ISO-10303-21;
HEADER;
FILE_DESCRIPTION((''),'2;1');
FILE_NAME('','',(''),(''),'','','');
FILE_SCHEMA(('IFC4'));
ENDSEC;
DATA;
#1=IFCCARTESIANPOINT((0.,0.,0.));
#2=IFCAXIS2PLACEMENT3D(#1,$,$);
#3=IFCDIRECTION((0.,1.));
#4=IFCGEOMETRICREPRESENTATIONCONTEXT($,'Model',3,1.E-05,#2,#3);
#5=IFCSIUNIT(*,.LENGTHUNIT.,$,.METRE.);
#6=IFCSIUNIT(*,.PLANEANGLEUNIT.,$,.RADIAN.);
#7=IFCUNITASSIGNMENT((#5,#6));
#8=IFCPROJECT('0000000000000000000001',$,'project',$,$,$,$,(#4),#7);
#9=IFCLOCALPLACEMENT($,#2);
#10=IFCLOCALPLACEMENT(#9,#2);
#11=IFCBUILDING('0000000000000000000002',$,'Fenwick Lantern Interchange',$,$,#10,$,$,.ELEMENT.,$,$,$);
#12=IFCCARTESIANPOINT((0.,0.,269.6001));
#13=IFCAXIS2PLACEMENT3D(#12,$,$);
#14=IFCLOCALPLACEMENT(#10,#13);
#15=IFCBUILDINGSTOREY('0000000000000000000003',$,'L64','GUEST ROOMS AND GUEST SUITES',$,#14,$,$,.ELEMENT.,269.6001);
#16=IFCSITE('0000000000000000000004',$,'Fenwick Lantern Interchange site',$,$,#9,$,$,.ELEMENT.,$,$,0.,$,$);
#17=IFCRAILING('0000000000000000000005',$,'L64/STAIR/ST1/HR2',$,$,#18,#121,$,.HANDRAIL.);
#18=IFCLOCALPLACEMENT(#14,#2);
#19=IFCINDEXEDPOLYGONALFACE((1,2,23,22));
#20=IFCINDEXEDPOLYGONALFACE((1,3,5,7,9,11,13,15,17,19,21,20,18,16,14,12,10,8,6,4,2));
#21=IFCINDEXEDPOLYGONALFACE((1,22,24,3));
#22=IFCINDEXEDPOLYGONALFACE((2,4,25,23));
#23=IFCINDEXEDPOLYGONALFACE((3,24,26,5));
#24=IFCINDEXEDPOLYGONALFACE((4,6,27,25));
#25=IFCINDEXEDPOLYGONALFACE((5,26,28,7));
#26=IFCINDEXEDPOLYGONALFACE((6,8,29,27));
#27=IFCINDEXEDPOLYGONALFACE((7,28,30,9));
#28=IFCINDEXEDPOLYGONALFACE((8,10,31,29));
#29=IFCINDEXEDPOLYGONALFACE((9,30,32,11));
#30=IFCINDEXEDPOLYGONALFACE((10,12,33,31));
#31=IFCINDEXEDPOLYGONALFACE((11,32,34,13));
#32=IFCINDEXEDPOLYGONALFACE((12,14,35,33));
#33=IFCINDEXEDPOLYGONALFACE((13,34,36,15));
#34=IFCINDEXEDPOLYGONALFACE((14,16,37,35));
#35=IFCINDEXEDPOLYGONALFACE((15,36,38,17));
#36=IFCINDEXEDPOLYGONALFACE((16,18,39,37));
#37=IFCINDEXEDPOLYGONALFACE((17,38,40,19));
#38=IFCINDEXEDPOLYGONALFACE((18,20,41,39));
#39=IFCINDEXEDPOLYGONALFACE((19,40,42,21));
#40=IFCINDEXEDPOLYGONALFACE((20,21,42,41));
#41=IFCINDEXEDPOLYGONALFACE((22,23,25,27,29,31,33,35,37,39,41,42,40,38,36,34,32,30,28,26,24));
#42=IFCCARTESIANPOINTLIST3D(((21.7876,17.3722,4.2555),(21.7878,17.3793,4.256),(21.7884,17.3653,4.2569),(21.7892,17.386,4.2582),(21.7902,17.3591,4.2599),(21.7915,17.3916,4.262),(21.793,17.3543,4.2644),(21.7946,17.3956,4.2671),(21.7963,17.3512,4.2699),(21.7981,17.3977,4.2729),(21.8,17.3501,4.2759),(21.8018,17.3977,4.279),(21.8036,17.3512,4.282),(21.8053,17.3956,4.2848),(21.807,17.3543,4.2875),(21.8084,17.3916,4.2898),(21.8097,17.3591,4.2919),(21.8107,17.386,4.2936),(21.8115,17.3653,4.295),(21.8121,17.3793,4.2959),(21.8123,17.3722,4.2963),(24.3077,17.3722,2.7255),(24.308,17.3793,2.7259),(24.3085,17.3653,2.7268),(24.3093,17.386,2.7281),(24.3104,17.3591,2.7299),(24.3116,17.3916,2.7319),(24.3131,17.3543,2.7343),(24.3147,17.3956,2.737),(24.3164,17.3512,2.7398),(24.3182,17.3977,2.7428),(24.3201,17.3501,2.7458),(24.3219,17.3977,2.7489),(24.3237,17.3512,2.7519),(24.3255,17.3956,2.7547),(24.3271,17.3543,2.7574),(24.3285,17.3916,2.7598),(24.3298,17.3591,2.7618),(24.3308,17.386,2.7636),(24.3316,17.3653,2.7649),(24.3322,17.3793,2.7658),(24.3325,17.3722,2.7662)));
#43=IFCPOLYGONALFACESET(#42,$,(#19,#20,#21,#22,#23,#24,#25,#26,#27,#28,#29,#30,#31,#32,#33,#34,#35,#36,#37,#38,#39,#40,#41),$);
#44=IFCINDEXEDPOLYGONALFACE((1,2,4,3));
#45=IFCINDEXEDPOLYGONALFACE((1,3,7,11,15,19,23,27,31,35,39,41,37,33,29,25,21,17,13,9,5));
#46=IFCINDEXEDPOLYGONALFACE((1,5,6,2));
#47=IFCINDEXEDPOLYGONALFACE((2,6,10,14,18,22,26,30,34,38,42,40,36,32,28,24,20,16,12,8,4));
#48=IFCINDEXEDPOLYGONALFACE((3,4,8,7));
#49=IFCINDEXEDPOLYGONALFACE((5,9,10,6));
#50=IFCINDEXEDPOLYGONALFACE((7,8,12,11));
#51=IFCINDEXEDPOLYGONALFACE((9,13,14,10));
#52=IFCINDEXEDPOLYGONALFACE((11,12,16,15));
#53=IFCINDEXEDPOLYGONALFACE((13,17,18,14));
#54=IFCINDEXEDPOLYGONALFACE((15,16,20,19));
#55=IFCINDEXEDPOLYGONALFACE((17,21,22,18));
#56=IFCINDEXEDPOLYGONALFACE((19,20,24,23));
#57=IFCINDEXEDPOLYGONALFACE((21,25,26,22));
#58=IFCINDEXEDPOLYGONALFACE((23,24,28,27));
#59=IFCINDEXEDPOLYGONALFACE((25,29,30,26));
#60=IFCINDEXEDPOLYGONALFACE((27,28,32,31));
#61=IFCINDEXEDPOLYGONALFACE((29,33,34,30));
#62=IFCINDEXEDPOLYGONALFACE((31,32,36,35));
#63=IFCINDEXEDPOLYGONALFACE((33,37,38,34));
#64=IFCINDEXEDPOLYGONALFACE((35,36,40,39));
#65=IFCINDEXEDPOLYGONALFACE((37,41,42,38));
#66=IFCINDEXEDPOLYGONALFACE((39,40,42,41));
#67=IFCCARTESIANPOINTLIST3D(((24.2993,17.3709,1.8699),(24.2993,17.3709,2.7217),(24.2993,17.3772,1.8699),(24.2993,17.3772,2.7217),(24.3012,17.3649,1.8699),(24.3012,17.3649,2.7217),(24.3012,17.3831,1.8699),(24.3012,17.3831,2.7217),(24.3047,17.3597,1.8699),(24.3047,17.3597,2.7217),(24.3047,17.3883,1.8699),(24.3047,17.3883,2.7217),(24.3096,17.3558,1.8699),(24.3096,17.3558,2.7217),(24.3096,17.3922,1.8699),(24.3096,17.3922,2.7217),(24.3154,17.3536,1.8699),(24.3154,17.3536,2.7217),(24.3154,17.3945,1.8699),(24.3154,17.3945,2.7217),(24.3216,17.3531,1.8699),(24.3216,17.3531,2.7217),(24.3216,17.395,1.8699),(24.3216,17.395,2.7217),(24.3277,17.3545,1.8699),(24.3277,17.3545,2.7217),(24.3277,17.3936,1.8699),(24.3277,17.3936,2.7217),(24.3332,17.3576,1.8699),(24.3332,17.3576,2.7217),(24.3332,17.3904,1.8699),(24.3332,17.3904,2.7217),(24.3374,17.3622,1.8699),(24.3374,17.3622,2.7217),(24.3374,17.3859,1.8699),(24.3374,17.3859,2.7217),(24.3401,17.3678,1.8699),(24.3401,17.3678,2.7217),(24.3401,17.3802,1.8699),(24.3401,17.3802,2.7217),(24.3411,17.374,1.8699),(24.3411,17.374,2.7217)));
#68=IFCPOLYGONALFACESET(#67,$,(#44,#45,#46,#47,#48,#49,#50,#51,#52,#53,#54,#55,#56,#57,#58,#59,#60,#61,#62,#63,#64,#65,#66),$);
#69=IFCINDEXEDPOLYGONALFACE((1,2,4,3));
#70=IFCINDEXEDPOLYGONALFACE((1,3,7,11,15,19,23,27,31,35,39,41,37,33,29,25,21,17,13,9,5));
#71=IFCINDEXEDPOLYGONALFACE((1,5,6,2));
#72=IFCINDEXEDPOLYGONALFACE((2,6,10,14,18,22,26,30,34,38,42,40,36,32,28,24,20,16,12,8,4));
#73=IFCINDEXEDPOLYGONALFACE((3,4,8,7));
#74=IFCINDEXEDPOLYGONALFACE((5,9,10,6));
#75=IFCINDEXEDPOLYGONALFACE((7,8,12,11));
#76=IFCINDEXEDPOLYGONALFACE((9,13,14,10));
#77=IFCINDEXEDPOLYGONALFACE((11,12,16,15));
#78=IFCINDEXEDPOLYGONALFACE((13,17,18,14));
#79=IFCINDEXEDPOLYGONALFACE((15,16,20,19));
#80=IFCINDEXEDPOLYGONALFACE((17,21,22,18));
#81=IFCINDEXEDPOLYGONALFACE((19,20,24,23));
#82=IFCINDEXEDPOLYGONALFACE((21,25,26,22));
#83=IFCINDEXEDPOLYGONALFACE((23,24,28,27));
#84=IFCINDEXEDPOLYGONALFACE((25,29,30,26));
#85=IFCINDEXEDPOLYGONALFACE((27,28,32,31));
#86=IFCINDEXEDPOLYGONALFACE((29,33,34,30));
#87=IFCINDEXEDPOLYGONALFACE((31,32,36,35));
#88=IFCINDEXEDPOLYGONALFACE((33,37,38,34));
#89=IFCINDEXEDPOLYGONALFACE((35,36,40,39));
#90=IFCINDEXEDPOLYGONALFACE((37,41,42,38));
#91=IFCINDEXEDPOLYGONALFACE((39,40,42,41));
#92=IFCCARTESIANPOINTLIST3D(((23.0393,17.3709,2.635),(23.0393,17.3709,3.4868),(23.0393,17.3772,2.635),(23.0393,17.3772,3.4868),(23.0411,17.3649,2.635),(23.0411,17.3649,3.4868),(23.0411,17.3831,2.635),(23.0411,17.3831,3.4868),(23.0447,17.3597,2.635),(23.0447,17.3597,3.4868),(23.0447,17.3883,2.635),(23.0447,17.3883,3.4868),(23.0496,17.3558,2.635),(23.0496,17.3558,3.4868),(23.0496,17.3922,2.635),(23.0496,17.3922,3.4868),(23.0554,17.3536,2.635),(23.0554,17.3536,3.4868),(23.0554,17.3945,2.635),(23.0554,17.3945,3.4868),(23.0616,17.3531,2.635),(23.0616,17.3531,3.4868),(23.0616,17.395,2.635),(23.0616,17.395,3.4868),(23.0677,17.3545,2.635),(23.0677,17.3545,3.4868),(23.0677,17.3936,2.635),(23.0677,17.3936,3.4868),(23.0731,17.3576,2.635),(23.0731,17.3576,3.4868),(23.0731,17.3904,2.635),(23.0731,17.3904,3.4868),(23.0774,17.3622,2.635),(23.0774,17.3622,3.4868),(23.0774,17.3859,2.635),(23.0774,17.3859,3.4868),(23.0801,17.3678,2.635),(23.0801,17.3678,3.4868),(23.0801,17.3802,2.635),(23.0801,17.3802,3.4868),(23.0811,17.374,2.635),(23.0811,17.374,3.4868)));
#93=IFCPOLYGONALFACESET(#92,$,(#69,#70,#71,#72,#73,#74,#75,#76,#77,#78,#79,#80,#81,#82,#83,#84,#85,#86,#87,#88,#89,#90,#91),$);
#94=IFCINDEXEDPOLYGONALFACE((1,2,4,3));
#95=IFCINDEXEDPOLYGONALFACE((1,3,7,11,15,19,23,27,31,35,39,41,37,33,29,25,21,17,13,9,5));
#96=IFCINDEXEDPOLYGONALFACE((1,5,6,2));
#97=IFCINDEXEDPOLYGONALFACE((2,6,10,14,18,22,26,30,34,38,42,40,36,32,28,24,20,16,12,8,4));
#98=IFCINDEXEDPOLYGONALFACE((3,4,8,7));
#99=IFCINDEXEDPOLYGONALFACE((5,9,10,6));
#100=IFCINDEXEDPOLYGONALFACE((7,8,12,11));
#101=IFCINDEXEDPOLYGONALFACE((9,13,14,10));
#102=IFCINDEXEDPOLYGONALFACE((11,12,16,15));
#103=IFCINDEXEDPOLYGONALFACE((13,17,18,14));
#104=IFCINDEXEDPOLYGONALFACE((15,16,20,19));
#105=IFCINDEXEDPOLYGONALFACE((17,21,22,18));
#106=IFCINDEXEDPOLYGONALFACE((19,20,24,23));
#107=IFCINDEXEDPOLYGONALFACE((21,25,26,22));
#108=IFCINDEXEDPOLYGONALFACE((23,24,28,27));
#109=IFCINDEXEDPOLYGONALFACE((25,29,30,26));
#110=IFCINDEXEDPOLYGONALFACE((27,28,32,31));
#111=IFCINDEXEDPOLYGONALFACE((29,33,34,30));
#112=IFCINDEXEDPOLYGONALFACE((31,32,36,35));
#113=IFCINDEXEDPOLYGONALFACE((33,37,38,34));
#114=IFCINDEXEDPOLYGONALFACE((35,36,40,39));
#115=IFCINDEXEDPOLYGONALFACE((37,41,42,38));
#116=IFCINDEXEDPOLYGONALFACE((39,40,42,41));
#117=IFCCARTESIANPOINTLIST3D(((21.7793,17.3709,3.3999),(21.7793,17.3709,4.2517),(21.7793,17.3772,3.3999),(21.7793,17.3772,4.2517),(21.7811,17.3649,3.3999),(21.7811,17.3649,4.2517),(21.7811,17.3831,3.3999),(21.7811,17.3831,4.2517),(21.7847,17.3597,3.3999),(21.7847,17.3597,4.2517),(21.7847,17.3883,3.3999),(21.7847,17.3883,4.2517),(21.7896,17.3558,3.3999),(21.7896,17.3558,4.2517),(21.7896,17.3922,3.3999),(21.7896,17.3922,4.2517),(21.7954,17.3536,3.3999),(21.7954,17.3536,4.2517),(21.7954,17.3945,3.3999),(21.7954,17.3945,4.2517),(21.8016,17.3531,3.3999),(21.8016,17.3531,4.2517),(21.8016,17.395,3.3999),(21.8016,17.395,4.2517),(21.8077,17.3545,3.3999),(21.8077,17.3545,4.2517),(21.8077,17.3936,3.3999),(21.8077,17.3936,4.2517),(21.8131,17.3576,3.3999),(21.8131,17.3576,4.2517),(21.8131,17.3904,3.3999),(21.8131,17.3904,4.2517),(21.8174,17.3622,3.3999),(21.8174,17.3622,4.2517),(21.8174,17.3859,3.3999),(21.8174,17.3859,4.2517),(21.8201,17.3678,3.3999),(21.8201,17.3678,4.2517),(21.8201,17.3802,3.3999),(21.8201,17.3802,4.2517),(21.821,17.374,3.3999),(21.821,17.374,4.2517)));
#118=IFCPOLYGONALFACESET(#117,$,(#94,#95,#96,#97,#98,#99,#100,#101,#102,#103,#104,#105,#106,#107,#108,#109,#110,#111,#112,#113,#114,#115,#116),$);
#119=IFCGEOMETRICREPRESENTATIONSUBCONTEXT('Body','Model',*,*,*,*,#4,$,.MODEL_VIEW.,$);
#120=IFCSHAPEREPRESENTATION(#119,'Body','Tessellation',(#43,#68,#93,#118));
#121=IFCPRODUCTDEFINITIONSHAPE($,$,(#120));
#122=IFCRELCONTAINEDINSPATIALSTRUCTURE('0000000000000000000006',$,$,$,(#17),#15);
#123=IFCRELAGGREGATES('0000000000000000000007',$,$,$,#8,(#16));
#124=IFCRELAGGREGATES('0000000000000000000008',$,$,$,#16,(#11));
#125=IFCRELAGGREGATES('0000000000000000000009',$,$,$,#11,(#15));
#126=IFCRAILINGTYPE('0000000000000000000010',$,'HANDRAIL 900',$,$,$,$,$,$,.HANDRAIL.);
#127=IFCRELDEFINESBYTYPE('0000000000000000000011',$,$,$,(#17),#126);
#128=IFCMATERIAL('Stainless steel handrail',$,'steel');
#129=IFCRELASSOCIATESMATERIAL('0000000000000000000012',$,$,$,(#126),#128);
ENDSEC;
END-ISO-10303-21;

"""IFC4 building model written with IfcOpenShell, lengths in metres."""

from ifc_helpers import new_model, si_unit, direction, frame, origin, origin_2d, place, context, subcontext, project, spatial, circle, extrude, material, type_object, element, save


model = new_model("IFC4")

# Units and contexts
model_context = context("Model", 3, precision=1e-05, world=origin(), true_north=direction((0.0, 1.0)))
body_context = subcontext(model_context, "Body", "Model", "MODEL_VIEW")
ifc_project = project(units=[si_unit("LENGTHUNIT", "METRE"), si_unit("PLANEANGLEUNIT", "RADIAN")], contexts=[model_context])

# Site, building, storey
site_placement = place(None, origin())
site = spatial("IfcSite", under=ifc_project, at=site_placement, Name="Fenwick Lantern Interchange site", CompositionType="ELEMENT", RefElevation=0.0)
building_placement = place(site_placement, origin())
building = spatial("IfcBuilding", under=site, at=building_placement, Name="Fenwick Lantern Interchange", CompositionType="ELEMENT")
storey_placement = place(building_placement, frame((0.0, 0.0, 269.6001)))
storey = spatial("IfcBuildingStorey", under=building, at=storey_placement, Name="L64", Description="GUEST ROOMS AND GUEST SUITES", CompositionType="ELEMENT", Elevation=269.6001)

# Railing
ifc_material_1 = material(Name="Stainless steel handrail", Category="steel")
railing_type = type_object("IfcRailingType", Name="HANDRAIL 900", PredefinedType="HANDRAIL", material=ifc_material_1)
railing_1_placement = place(storey_placement, frame((24.3201, 17.374, 1.8699)))
element("IfcRailing", 1, at=railing_1_placement, inside=storey, type_object=railing_type, Name="L64/STAIR/ST1/HR2", PredefinedType="HANDRAIL", context=body_context, shape_type="SweptSolid", body=[
    extrude(circle(Radius=0.0239, at=origin_2d()), frame((0.0, 0.0, 0.876), z_axis=(-0.854785, 0.0, 0.518982), x_axis=(0.0, -1.0, 0.0)), (0.0, 0.0, 1.0), 2.9482),
    extrude(circle(Radius=0.021, at=origin_2d()), origin(), (0.0, 0.0, 1.0), 0.8518),
    extrude(circle(Radius=0.021, at=origin_2d()), frame((-1.26, 0.0, 0.7651)), (0.0, 0.0, 1.0), 0.8518),
    extrude(circle(Radius=0.021, at=origin_2d()), frame((-2.52, 0.0, 1.53)), (0.0, 0.0, 1.0), 0.8518),
])

save(model, "model.ifc")
